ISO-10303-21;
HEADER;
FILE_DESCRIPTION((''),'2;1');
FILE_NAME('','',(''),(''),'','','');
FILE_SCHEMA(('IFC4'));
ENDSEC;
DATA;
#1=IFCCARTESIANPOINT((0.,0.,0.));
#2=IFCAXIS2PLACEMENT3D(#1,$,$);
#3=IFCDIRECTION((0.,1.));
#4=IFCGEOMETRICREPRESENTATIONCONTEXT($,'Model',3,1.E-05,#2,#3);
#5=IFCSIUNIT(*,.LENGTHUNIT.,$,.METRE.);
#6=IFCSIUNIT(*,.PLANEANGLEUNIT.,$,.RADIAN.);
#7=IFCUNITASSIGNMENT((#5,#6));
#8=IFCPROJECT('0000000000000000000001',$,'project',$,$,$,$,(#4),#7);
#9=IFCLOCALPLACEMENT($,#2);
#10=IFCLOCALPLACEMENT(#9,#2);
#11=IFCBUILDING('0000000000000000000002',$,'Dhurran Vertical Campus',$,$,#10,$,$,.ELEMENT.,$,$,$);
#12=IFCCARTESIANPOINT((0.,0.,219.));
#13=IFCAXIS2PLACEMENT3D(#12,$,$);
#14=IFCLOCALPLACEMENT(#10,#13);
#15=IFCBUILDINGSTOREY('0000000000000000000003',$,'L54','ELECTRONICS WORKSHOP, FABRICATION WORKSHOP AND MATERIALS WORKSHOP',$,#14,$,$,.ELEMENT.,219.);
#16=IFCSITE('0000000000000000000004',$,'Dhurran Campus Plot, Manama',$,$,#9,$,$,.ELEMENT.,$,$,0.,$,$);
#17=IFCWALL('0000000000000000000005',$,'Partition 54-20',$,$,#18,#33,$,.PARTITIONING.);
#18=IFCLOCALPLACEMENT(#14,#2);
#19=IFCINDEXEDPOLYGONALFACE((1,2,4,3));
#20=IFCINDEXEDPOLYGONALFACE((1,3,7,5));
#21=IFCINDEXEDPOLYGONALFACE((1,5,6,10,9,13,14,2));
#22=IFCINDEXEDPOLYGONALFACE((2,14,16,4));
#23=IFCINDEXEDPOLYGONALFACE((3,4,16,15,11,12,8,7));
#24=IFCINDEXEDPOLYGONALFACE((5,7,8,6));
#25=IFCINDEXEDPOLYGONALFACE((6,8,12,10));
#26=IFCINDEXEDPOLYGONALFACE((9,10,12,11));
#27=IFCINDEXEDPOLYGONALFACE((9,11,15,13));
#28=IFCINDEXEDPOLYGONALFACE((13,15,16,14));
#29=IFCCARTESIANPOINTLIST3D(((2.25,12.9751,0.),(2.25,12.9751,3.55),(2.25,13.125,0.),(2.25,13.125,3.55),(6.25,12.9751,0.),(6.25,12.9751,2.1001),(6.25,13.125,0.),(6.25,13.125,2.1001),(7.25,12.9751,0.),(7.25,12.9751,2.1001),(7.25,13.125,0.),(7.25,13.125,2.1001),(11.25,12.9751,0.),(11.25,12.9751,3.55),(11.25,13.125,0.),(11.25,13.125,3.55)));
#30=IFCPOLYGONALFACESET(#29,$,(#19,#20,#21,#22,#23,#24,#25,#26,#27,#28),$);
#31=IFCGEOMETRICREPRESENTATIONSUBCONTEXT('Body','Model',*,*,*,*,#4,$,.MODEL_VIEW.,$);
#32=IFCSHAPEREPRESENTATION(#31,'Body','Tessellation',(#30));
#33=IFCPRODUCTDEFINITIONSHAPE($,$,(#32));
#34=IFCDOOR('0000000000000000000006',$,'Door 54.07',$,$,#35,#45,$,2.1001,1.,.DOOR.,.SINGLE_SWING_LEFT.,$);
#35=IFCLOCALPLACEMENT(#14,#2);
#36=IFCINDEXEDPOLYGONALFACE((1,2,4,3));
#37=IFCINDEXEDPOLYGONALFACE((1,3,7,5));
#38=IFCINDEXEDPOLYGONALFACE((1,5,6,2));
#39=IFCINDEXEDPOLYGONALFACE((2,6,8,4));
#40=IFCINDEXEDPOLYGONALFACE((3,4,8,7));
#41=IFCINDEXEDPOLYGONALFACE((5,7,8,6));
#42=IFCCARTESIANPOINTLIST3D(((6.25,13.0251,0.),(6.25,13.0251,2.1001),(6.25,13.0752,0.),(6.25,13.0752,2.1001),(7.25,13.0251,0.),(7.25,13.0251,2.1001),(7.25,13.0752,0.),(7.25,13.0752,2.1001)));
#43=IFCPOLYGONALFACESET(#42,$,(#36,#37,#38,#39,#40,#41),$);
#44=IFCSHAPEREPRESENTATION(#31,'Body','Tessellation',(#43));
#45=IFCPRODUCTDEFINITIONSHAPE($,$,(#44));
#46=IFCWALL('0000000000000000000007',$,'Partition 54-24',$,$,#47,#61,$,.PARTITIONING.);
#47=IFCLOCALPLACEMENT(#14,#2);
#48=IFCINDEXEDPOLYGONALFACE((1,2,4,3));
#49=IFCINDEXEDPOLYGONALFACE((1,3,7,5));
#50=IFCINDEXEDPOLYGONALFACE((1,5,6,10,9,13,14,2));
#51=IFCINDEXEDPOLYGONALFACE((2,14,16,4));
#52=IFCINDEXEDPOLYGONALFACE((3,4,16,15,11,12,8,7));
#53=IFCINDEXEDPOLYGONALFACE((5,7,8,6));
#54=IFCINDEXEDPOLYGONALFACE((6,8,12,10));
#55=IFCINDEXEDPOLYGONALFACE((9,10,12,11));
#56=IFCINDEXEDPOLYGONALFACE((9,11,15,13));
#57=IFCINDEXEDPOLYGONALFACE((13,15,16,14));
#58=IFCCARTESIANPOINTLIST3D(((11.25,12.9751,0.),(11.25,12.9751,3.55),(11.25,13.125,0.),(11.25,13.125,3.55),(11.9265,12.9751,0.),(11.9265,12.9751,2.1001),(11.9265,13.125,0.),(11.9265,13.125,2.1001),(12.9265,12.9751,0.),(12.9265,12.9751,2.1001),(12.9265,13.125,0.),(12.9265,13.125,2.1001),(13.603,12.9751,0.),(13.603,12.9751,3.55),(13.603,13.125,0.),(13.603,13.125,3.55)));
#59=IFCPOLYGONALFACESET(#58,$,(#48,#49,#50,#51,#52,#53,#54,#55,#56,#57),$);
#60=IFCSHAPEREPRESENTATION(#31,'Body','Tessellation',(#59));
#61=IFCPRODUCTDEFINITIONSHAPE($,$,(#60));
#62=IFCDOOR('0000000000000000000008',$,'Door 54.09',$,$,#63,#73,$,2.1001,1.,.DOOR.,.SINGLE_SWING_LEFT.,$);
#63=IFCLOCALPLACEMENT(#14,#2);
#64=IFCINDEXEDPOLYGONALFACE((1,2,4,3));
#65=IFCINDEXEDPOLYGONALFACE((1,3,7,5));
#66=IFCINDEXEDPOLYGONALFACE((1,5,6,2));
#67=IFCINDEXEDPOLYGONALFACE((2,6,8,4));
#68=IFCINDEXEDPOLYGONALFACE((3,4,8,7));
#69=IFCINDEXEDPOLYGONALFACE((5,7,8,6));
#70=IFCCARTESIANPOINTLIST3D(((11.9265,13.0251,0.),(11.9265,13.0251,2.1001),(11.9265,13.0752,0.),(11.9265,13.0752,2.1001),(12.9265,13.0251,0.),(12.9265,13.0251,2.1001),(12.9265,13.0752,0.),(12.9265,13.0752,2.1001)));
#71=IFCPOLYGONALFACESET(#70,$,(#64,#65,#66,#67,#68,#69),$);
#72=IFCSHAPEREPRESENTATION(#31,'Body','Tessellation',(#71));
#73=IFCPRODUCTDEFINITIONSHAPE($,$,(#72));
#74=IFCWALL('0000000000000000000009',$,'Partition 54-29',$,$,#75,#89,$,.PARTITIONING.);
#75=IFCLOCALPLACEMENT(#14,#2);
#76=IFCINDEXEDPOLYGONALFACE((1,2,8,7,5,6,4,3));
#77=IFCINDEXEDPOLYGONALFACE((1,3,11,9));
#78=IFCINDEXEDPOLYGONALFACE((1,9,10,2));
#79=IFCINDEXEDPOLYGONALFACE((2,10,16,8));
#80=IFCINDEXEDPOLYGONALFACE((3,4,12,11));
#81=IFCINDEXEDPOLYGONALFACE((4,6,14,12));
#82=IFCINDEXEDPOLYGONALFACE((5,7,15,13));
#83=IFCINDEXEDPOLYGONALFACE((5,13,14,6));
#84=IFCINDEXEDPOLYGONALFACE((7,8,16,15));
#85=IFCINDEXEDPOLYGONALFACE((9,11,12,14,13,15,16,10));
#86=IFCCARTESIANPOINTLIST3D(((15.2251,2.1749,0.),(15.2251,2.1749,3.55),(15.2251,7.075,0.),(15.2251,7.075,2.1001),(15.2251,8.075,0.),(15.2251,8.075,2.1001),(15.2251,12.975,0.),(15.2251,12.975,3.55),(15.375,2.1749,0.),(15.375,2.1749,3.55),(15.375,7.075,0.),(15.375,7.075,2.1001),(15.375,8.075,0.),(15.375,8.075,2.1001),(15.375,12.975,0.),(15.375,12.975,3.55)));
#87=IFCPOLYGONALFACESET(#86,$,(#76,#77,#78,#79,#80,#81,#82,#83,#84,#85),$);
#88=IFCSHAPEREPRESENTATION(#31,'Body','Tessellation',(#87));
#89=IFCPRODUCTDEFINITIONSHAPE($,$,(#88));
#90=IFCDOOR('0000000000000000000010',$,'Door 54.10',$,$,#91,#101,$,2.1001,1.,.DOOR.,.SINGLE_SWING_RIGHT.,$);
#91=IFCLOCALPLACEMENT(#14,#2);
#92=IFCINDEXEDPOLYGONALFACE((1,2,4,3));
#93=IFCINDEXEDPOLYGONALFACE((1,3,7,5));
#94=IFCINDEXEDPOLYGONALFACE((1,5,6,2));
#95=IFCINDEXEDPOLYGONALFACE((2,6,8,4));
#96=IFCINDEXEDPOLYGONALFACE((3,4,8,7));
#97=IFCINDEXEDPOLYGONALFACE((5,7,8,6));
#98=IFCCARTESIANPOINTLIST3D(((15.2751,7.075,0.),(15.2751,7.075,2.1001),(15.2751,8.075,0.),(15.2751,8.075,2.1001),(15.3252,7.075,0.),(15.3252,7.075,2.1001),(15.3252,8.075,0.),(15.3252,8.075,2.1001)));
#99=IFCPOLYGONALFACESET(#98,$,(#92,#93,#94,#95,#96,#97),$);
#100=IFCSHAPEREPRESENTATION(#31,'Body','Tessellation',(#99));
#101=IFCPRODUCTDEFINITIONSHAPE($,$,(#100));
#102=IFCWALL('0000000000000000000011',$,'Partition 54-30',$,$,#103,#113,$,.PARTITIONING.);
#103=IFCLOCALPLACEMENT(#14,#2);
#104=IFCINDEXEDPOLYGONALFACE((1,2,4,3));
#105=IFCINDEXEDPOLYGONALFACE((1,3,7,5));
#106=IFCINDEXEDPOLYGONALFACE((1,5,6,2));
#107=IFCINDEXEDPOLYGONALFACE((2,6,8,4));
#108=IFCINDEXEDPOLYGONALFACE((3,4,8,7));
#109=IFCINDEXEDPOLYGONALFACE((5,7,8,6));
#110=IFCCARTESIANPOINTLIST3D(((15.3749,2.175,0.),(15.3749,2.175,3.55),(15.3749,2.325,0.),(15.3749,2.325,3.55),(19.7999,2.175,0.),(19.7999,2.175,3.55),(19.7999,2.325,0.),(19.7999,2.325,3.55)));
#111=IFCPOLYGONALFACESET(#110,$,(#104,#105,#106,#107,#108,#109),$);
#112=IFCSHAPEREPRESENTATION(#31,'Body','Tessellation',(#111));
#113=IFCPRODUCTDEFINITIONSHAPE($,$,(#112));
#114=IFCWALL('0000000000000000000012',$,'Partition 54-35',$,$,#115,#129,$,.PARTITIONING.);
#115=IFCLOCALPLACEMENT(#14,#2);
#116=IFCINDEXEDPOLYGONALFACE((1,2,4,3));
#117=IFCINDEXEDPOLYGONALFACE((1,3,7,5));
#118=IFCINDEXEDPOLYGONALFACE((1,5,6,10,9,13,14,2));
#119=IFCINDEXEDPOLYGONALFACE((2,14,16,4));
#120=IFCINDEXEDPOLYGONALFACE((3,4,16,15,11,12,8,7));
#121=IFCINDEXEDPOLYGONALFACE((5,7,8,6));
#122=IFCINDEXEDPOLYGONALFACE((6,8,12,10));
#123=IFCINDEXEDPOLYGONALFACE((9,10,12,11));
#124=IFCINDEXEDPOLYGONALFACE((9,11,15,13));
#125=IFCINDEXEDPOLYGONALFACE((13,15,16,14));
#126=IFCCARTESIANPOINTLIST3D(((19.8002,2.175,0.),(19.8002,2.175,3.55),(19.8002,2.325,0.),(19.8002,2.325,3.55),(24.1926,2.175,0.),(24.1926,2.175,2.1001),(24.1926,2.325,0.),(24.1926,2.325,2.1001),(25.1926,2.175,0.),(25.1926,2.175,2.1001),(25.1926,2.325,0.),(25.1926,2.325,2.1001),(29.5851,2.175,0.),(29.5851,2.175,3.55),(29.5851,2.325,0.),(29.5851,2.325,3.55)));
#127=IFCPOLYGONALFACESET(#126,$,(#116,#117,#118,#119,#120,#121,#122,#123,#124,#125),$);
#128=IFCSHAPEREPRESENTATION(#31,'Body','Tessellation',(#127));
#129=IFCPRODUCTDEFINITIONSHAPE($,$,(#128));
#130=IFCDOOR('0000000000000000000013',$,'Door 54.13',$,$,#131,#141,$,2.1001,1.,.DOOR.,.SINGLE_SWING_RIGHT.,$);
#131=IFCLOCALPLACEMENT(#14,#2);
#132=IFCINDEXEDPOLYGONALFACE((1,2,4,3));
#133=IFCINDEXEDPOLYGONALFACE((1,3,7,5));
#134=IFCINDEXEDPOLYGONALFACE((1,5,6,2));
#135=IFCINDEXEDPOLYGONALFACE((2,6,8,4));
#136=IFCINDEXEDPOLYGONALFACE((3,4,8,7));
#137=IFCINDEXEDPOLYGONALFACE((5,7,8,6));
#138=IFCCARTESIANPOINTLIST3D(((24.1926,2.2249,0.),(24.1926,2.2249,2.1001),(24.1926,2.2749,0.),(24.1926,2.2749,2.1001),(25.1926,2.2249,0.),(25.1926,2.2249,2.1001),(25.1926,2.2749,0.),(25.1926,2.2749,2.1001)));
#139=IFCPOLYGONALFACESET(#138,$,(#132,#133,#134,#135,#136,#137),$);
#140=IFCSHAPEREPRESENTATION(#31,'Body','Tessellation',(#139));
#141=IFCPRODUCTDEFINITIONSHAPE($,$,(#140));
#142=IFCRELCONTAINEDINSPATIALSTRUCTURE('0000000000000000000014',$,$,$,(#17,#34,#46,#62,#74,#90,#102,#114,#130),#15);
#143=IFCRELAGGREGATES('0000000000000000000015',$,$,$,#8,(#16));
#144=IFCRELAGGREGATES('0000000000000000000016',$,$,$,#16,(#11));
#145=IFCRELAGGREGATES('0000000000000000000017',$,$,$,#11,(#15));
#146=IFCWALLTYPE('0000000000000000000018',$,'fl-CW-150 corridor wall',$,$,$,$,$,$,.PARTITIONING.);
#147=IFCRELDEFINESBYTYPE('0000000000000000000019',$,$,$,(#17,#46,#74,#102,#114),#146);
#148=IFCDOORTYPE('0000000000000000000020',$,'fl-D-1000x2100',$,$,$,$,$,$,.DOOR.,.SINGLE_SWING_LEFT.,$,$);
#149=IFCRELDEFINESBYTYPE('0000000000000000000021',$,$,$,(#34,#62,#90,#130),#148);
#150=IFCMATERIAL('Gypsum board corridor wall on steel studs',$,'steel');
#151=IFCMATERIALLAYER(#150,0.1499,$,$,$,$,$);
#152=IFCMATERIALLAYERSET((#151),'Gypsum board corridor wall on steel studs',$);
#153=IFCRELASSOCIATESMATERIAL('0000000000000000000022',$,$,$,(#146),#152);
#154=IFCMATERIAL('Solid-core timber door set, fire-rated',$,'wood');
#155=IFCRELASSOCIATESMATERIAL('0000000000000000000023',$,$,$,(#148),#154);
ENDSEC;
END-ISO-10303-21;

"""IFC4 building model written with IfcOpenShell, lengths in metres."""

from ifc_helpers import new_model, si_unit, direction, frame, frame_2d, origin, place, context, subcontext, project, spatial, rectangle, extrude, material, layer, layer_set, type_object, element, fill, save


model = new_model("IFC4")

# Units and contexts
model_context = context("Model", 3, precision=1e-05, world=origin(), true_north=direction((0.0, 1.0)))
body_context = subcontext(model_context, "Body", "Model", "MODEL_VIEW")
ifc_project = project(units=[si_unit("LENGTHUNIT", "METRE"), si_unit("PLANEANGLEUNIT", "RADIAN")], contexts=[model_context])

# Site, building, storey
site_placement = place(None, origin())
site = spatial("IfcSite", under=ifc_project, at=site_placement, Name="Dhurran Campus Plot, Manama", CompositionType="ELEMENT", RefElevation=0.0)
building_placement = place(site_placement, origin())
building = spatial("IfcBuilding", under=site, at=building_placement, Name="Dhurran Vertical Campus", CompositionType="ELEMENT")
storey_placement = place(building_placement, frame((0.0, 0.0, 219.0)))
storey = spatial("IfcBuildingStorey", under=building, at=storey_placement, Name="L54", Description="ELECTRONICS WORKSHOP, FABRICATION WORKSHOP AND MATERIALS WORKSHOP", CompositionType="ELEMENT", Elevation=219.0)

# Walls, openings, doors
ifc_material_1 = material(Name="Gypsum board corridor wall on steel studs", Category="steel")
ifc_layer_1 = layer(ifc_material_1, 0.1499)
ifc_layer_set_1 = layer_set([ifc_layer_1], Name="Gypsum board corridor wall on steel studs")
wall_type_1 = type_object("IfcWallType", Name="fl-CW-150 corridor wall", PredefinedType="PARTITIONING", material=ifc_layer_set_1)
wall_1_placement = place(storey_placement, frame((11.25, 13.05, 0.0), z_axis=(0.0, 0.0, 1.0), x_axis=(-1.0, 0.0, 0.0)))
wall_1 = element("IfcWall", 1, at=wall_1_placement, inside=storey, type_object=wall_type_1, Name="Partition 54-20", PredefinedType="PARTITIONING", context=body_context, shape_type="SweptSolid", body=[
    extrude(rectangle(XDim=9.0, YDim=0.1499, at=frame_2d((4.5, 0.0))), origin(), (0.0, 0.0, 1.0), 3.55),
])
opening_1_placement = place(wall_1_placement, frame((4.0, 0.0, 0.0)))
opening_1 = element("IfcOpeningElement", 2, at=opening_1_placement, cuts=wall_1, PredefinedType="OPENING", context=body_context, shape_type="SweptSolid", body=[
    extrude(rectangle(XDim=1.0, YDim=2.1001, at=frame_2d((0.5, 1.05))), frame((0.0, 0.085, 0.0), z_axis=(0.0, -1.0, 0.0), x_axis=(1.0, 0.0, 0.0)), (0.0, 0.0, 1.0), 0.1699),
])
ifc_material_2 = material(Name="Solid-core timber door set, fire-rated", Category="wood")
door_type = type_object("IfcDoorType", Name="fl-D-1000x2100", OperationType="SINGLE_SWING_LEFT", PredefinedType="DOOR", material=ifc_material_2)
door_1_placement = place(opening_1_placement, origin())
door_1 = element("IfcDoor", 3, at=door_1_placement, inside=storey, type_object=door_type, Name="Door 54.07", OperationType="SINGLE_SWING_LEFT", OverallHeight=2.1001, OverallWidth=1.0, PredefinedType="DOOR", context=body_context, shape_type="SweptSolid", body=[
    extrude(rectangle(XDim=1.0, YDim=2.1001, at=frame_2d((0.5, 1.05))), frame((0.0, 0.0249, 0.0), z_axis=(0.0, -1.0, 0.0), x_axis=(1.0, 0.0, 0.0)), (0.0, 0.0, 1.0), 0.05),
])
fill(opening_1, door_1)
wall_2_placement = place(storey_placement, frame((13.603, 13.05, 0.0), z_axis=(0.0, 0.0, 1.0), x_axis=(-1.0, 0.0, 0.0)))
wall_2 = element("IfcWall", 4, at=wall_2_placement, inside=storey, type_object=wall_type_1, Name="Partition 54-24", PredefinedType="PARTITIONING", context=body_context, shape_type="SweptSolid", body=[
    extrude(rectangle(XDim=2.353, YDim=0.1499, at=frame_2d((1.1765, 0.0))), origin(), (0.0, 0.0, 1.0), 3.55),
])
opening_2_placement = place(wall_2_placement, frame((0.6765, 0.0, 0.0)))
opening_2 = element("IfcOpeningElement", 5, at=opening_2_placement, cuts=wall_2, PredefinedType="OPENING", context=body_context, shape_type="SweptSolid", body=[
    extrude(rectangle(XDim=1.0, YDim=2.1001, at=frame_2d((0.5, 1.05))), frame((0.0, 0.085, 0.0), z_axis=(0.0, -1.0, 0.0), x_axis=(1.0, 0.0, 0.0)), (0.0, 0.0, 1.0), 0.1699),
])
door_2_placement = place(opening_2_placement, origin())
door_2 = element("IfcDoor", 6, at=door_2_placement, inside=storey, type_object=door_type, Name="Door 54.09", OperationType="SINGLE_SWING_LEFT", OverallHeight=2.1001, OverallWidth=1.0, PredefinedType="DOOR", context=body_context, shape_type="SweptSolid", body=[
    extrude(rectangle(XDim=1.0, YDim=2.1001, at=frame_2d((0.5, 1.05))), frame((0.0, 0.0249, 0.0), z_axis=(0.0, -1.0, 0.0), x_axis=(1.0, 0.0, 0.0)), (0.0, 0.0, 1.0), 0.05),
])
fill(opening_2, door_2)
wall_3_placement = place(storey_placement, frame((15.3, 2.175, 0.0), z_axis=(0.0, 0.0, 1.0), x_axis=(0.0, 1.0, 0.0)))
wall_3 = element("IfcWall", 7, at=wall_3_placement, inside=storey, type_object=wall_type_1, Name="Partition 54-29", PredefinedType="PARTITIONING", context=body_context, shape_type="SweptSolid", body=[
    extrude(rectangle(XDim=10.8, YDim=0.1499, at=frame_2d((5.3999, 0.0))), origin(), (0.0, 0.0, 1.0), 3.55),
])
opening_3_placement = place(wall_3_placement, frame((4.8999, 0.0, 0.0)))
opening_3 = element("IfcOpeningElement", 8, at=opening_3_placement, cuts=wall_3, PredefinedType="OPENING", context=body_context, shape_type="SweptSolid", body=[
    extrude(rectangle(XDim=1.0, YDim=2.1001, at=frame_2d((0.5, 1.05))), frame((0.0, 0.085, 0.0), z_axis=(0.0, -1.0, 0.0), x_axis=(1.0, 0.0, 0.0)), (0.0, 0.0, 1.0), 0.1699),
])
door_3_placement = place(opening_3_placement, origin())
door_3 = element("IfcDoor", 9, at=door_3_placement, inside=storey, type_object=door_type, Name="Door 54.10", OperationType="SINGLE_SWING_RIGHT", OverallHeight=2.1001, OverallWidth=1.0, PredefinedType="DOOR", context=body_context, shape_type="SweptSolid", body=[
    extrude(rectangle(XDim=1.0, YDim=2.1001, at=frame_2d((0.5, 1.05))), frame((0.0, 0.0249, 0.0), z_axis=(0.0, -1.0, 0.0), x_axis=(1.0, 0.0, 0.0)), (0.0, 0.0, 1.0), 0.05),
])
fill(opening_3, door_3)

# Wall
wall_4_placement = place(storey_placement, frame((15.375, 2.25, 0.0), z_axis=(0.0, 0.0, 1.0), x_axis=(1.0, 0.0, 0.0)))
element("IfcWall", 10, at=wall_4_placement, inside=storey, type_object=wall_type_1, Name="Partition 54-30", PredefinedType="PARTITIONING", context=body_context, shape_type="SweptSolid", body=[
    extrude(rectangle(XDim=4.425, YDim=0.1499, at=frame_2d((2.2124, 0.0))), origin(), (0.0, 0.0, 1.0), 3.55),
])

# Wall, opening, door
wall_5_placement = place(storey_placement, frame((19.8, 2.25, 0.0), z_axis=(0.0, 0.0, 1.0), x_axis=(1.0, 0.0, 0.0)))
wall_5 = element("IfcWall", 11, at=wall_5_placement, inside=storey, type_object=wall_type_1, Name="Partition 54-35", PredefinedType="PARTITIONING", context=body_context, shape_type="SweptSolid", body=[
    extrude(rectangle(XDim=9.7849, YDim=0.1499, at=frame_2d((4.8926, 0.0))), origin(), (0.0, 0.0, 1.0), 3.55),
])
opening_4_placement = place(wall_5_placement, frame((4.3926, 0.0, 0.0)))
opening_4 = element("IfcOpeningElement", 12, at=opening_4_placement, cuts=wall_5, PredefinedType="OPENING", context=body_context, shape_type="SweptSolid", body=[
    extrude(rectangle(XDim=1.0, YDim=2.1001, at=frame_2d((0.5, 1.05))), frame((0.0, 0.085, 0.0), z_axis=(0.0, -1.0, 0.0), x_axis=(1.0, 0.0, 0.0)), (0.0, 0.0, 1.0), 0.1699),
])
door_4_placement = place(opening_4_placement, origin())
door_4 = element("IfcDoor", 13, at=door_4_placement, inside=storey, type_object=door_type, Name="Door 54.13", OperationType="SINGLE_SWING_RIGHT", OverallHeight=2.1001, OverallWidth=1.0, PredefinedType="DOOR", context=body_context, shape_type="SweptSolid", body=[
    extrude(rectangle(XDim=1.0, YDim=2.1001, at=frame_2d((0.5, 1.05))), frame((0.0, 0.0249, 0.0), z_axis=(0.0, -1.0, 0.0), x_axis=(1.0, 0.0, 0.0)), (0.0, 0.0, 1.0), 0.05),
])
fill(opening_4, door_4)

save(model, "model.ifc")
